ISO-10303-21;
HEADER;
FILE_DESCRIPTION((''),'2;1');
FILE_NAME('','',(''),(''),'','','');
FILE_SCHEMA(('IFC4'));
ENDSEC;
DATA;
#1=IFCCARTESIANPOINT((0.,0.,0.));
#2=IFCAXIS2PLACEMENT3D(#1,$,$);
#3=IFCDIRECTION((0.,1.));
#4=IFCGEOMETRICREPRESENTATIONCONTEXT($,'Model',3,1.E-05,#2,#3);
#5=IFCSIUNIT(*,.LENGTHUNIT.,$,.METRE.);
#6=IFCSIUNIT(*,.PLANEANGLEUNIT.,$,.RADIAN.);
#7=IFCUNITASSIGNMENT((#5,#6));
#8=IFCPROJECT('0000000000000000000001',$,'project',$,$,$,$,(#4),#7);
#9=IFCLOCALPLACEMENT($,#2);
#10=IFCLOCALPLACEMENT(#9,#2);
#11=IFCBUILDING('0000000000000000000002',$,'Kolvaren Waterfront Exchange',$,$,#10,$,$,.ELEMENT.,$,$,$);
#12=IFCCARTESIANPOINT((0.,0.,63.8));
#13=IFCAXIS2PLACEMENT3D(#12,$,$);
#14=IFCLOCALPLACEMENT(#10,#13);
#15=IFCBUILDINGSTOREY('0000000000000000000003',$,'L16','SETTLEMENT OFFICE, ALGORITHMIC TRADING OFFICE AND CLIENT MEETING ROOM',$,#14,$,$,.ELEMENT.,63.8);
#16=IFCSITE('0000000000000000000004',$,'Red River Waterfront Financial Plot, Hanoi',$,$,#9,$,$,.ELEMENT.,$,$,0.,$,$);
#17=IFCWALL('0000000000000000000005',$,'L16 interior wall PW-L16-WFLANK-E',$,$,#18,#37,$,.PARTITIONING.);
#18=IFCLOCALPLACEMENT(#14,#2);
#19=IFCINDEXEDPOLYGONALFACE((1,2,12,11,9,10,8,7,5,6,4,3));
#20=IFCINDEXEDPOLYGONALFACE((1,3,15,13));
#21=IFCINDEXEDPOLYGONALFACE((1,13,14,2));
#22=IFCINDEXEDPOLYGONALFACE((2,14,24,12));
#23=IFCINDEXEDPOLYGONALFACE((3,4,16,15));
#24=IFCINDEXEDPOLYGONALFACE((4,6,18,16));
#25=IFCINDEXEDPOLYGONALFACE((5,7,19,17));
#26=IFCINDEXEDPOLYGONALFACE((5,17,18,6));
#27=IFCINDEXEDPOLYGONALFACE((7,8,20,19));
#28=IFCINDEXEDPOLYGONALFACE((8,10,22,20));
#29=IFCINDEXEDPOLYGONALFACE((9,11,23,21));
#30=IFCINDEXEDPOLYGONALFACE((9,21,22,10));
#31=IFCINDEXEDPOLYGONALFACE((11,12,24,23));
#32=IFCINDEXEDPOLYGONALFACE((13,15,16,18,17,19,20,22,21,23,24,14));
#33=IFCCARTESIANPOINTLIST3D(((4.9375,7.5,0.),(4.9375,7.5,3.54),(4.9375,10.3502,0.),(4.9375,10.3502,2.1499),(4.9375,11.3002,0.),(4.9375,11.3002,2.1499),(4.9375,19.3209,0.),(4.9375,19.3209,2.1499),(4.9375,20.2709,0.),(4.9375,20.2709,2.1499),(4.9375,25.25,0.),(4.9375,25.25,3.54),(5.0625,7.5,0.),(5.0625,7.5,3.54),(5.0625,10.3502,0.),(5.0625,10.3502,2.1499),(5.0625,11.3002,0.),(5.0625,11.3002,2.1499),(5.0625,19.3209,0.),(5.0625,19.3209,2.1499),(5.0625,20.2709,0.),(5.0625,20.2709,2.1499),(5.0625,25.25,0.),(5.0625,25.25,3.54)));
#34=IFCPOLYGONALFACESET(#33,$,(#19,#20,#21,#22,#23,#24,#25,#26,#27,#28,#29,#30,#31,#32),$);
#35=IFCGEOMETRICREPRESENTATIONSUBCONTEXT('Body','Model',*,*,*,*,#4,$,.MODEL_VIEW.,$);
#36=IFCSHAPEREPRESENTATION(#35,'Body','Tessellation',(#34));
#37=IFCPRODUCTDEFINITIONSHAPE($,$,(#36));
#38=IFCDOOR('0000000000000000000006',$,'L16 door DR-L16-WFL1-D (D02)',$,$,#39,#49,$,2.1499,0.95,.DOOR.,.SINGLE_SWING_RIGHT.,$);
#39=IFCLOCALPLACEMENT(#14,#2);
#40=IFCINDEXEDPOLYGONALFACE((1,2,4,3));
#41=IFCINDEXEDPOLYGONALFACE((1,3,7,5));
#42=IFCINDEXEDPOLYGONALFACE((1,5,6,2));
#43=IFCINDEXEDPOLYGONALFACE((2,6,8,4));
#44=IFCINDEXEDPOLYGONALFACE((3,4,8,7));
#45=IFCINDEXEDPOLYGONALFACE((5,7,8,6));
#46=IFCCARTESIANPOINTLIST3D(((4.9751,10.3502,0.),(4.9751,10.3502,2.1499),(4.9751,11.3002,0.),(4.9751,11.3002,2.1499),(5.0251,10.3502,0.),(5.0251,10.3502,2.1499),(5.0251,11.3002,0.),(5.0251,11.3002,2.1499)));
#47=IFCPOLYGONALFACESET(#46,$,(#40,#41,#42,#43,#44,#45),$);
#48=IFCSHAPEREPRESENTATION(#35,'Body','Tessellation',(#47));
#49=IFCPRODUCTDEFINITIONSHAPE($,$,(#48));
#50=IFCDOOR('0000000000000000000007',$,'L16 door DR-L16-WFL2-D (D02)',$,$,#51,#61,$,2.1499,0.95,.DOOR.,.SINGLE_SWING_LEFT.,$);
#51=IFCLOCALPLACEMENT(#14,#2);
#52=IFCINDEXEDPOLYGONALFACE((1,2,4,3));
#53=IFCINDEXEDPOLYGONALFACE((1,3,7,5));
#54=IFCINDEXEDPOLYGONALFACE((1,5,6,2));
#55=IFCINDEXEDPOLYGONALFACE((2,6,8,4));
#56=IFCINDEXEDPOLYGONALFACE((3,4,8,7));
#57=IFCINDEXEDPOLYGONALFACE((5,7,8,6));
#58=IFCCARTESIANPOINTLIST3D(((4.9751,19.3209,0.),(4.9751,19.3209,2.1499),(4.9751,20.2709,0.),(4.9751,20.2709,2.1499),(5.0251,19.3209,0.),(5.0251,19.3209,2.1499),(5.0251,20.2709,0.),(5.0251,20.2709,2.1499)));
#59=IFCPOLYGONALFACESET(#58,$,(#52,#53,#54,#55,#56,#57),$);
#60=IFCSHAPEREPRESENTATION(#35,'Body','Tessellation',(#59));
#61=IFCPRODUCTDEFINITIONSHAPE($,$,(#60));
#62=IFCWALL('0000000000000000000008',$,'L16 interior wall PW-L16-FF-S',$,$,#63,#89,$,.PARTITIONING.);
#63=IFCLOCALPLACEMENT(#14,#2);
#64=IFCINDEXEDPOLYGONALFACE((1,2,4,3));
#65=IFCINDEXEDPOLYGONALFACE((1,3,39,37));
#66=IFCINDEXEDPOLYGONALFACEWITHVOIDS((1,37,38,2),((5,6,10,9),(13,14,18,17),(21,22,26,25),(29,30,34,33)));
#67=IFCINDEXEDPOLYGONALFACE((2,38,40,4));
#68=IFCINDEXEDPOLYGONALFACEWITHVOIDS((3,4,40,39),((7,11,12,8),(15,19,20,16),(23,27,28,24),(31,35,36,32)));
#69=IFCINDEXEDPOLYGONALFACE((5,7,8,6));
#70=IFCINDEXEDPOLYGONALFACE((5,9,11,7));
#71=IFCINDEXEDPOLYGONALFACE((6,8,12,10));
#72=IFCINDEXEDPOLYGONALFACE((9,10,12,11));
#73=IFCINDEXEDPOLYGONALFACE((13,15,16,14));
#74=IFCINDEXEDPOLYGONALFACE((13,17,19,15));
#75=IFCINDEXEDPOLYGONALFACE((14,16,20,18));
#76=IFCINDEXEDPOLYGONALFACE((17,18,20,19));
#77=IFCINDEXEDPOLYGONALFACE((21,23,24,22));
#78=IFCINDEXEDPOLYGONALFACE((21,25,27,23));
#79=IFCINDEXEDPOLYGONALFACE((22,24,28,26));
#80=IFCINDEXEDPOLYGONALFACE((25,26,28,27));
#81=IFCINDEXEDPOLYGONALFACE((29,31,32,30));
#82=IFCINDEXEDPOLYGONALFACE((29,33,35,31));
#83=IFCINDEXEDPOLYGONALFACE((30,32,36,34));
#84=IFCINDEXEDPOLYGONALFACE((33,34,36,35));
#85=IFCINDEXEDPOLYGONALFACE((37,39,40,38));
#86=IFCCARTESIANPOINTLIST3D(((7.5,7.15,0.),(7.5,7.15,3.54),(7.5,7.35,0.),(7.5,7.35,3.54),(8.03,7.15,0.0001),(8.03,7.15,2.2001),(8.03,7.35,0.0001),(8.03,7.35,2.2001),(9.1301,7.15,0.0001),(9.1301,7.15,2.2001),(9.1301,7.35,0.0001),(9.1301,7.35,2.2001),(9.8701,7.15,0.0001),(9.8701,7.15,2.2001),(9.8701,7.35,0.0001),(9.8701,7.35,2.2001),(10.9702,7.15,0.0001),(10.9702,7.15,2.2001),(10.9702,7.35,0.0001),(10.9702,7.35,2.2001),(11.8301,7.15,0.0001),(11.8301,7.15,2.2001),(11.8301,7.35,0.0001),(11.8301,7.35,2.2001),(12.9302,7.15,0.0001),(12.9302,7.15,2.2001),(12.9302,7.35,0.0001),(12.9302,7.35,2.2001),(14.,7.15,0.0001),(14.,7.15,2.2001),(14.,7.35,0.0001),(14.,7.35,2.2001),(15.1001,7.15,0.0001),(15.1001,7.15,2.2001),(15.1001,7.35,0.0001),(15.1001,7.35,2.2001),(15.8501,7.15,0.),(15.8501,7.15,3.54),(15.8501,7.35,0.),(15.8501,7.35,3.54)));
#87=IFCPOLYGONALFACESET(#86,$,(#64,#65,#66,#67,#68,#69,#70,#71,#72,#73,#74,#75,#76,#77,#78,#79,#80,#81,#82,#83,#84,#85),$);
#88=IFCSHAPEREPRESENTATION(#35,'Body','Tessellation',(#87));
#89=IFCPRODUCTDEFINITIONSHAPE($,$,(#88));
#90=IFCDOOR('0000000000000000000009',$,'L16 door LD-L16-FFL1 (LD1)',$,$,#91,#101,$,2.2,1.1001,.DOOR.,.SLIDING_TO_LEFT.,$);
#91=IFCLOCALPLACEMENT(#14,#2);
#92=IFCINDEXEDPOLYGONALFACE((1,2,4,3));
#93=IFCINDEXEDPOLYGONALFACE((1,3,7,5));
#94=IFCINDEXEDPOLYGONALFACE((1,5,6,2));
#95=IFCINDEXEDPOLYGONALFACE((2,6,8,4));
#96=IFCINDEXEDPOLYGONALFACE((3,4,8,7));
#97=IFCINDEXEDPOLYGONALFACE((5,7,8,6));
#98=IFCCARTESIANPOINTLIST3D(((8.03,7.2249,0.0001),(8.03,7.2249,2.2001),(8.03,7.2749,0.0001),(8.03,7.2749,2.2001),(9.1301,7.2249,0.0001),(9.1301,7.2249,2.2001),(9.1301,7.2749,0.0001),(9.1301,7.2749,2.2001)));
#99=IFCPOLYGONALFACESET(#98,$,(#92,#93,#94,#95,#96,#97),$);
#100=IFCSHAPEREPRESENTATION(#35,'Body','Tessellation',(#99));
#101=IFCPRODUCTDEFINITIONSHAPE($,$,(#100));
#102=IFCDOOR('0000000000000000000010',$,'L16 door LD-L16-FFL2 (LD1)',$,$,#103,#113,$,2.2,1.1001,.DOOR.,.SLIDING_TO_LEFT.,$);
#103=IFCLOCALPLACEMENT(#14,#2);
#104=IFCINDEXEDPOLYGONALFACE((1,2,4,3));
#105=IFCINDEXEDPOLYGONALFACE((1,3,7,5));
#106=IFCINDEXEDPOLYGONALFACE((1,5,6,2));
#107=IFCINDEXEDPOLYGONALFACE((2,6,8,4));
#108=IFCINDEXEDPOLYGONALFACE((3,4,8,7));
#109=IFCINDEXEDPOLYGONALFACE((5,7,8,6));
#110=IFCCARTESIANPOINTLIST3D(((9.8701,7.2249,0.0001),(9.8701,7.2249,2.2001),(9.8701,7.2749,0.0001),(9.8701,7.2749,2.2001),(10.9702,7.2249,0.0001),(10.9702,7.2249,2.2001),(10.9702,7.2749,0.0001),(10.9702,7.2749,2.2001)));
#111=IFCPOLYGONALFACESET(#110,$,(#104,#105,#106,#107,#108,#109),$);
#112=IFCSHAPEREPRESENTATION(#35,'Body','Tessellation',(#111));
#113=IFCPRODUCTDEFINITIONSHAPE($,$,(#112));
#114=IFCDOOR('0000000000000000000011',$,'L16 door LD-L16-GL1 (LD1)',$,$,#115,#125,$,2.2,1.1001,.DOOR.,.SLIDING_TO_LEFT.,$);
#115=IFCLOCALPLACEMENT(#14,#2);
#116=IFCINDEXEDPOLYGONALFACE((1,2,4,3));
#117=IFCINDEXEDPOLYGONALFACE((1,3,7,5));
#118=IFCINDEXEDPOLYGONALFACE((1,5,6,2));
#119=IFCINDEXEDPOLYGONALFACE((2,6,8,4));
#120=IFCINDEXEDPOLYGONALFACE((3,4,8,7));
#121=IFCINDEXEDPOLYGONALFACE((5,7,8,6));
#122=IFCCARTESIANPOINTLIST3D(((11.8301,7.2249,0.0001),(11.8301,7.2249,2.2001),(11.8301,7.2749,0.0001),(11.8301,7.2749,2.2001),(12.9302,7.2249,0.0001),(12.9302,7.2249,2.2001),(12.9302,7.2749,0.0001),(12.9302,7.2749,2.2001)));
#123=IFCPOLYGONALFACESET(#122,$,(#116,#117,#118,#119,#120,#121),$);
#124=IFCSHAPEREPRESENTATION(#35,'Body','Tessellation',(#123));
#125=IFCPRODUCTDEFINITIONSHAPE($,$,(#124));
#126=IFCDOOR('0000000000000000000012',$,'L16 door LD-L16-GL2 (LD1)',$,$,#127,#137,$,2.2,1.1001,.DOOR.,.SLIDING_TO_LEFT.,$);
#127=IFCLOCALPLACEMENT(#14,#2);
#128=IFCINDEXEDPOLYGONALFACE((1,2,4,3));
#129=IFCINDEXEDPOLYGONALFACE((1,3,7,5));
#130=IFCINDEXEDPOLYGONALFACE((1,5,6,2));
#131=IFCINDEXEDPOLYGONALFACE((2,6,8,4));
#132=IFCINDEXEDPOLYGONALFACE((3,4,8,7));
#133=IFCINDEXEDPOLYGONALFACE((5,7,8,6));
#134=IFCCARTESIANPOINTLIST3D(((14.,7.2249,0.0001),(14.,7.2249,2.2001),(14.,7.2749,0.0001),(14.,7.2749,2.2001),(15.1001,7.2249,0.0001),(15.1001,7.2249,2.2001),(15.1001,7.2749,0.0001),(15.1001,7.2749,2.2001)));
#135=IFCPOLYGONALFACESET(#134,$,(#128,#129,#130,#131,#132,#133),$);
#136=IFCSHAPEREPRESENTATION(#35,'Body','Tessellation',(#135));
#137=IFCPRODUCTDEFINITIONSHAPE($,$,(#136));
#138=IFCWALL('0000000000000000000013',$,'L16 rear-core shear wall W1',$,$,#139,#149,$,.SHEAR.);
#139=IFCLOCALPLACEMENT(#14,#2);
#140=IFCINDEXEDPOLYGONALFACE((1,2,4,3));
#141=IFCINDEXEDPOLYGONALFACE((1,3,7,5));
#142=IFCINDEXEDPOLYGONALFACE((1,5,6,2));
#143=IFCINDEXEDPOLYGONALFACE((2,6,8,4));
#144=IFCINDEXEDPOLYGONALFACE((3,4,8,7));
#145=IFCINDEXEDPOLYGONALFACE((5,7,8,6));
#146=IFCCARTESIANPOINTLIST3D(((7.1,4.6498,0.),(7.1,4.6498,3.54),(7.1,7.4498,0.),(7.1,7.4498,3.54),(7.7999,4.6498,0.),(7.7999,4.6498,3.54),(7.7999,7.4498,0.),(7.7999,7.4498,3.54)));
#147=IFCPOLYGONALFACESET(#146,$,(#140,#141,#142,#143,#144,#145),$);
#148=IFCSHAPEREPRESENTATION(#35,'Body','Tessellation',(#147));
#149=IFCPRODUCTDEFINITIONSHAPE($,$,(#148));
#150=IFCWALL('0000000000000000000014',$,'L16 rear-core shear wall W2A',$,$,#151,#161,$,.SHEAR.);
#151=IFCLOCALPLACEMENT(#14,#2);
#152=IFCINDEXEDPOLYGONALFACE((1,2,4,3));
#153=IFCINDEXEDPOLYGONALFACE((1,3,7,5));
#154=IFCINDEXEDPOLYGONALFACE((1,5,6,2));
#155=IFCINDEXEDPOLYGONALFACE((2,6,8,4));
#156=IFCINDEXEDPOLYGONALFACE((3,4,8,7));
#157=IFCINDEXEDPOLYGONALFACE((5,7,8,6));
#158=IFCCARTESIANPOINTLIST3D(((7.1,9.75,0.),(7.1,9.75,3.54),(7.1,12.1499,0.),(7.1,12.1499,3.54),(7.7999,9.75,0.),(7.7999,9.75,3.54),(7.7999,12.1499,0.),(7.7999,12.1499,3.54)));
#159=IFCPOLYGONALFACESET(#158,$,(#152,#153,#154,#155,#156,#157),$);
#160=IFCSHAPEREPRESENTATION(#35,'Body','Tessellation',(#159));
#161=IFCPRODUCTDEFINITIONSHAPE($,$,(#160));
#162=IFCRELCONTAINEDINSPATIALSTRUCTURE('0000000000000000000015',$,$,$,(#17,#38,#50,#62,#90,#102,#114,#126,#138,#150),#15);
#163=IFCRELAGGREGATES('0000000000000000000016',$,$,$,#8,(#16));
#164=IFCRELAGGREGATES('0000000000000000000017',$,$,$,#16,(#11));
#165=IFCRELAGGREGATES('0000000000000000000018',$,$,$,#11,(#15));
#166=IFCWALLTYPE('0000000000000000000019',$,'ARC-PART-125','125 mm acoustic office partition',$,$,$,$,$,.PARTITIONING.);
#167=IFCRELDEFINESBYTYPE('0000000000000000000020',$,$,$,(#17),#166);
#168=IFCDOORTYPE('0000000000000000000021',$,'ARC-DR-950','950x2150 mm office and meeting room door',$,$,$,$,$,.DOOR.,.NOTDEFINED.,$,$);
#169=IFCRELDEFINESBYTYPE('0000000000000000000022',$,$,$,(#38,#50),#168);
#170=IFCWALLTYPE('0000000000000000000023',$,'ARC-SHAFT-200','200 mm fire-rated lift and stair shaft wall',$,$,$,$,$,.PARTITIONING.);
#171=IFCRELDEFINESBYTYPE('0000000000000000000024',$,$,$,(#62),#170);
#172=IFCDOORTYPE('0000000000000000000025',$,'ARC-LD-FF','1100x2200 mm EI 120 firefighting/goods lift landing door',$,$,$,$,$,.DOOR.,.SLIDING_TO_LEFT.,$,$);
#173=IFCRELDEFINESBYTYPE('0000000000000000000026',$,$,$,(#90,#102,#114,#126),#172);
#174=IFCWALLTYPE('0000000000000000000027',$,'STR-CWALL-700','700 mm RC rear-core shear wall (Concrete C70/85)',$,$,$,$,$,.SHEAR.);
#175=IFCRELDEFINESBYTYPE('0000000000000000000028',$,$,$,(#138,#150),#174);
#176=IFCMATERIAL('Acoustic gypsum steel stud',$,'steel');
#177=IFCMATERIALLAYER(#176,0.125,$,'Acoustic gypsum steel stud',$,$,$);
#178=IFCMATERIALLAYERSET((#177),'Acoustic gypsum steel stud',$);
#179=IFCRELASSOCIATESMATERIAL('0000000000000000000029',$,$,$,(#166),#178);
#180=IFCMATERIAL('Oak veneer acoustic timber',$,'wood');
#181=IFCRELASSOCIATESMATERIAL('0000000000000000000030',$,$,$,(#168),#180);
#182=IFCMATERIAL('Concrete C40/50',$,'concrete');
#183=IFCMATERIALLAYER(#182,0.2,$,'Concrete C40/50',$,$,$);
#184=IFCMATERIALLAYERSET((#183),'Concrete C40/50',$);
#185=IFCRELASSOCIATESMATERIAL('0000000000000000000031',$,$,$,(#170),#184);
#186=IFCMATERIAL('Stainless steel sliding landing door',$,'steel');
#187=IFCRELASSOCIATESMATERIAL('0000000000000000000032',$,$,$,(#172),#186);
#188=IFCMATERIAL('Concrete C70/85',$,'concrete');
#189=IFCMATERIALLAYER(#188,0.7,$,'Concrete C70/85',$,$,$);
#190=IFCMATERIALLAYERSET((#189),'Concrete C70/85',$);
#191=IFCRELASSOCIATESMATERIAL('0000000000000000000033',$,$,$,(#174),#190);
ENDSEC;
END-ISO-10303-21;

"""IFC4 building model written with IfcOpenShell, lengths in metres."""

from ifc_helpers import new_model, si_unit, direction, frame, frame_2d, origin, place, context, subcontext, project, spatial, rectangle, extrude, material, layer, layer_set, type_object, element, fill, save


model = new_model("IFC4")

# Units and contexts
model_context = context("Model", 3, precision=1e-05, world=origin(), true_north=direction((0.0, 1.0)))
body_context = subcontext(model_context, "Body", "Model", "MODEL_VIEW")
ifc_project = project(units=[si_unit("LENGTHUNIT", "METRE"), si_unit("PLANEANGLEUNIT", "RADIAN")], contexts=[model_context])

# Site, building, storey
site_placement = place(None, origin())
site = spatial("IfcSite", under=ifc_project, at=site_placement, Name="Red River Waterfront Financial Plot, Hanoi", CompositionType="ELEMENT", RefElevation=0.0)
building_placement = place(site_placement, origin())
building = spatial("IfcBuilding", under=site, at=building_placement, Name="Kolvaren Waterfront Exchange", CompositionType="ELEMENT")
storey_placement = place(building_placement, frame((0.0, 0.0, 63.8)))
storey = spatial("IfcBuildingStorey", under=building, at=storey_placement, Name="L16", Description="SETTLEMENT OFFICE, ALGORITHMIC TRADING OFFICE AND CLIENT MEETING ROOM", CompositionType="ELEMENT", Elevation=63.8)

# Shared definitions
ifc_material_1 = material(Name="Concrete C70/85", Category="concrete")

# Shared definitions
ifc_material_2 = material(Name="Acoustic gypsum steel stud", Category="steel")
ifc_layer_1 = layer(ifc_material_2, 0.125, Name="Acoustic gypsum steel stud")
ifc_layer_set_1 = layer_set([ifc_layer_1], Name="Acoustic gypsum steel stud")
wall_type_1 = type_object("IfcWallType", Name="ARC-PART-125", Description="125 mm acoustic office partition", PredefinedType="PARTITIONING", material=ifc_layer_set_1)

# Walls, openings, doors
wall_1_placement = place(storey_placement, frame((5.0, 7.5, 0.0), z_axis=(0.0, 0.0, 1.0), x_axis=(0.0, 1.0, 0.0)))
wall_1 = element("IfcWall", 1, at=wall_1_placement, inside=storey, type_object=wall_type_1, Name="L16 interior wall PW-L16-WFLANK-E", PredefinedType="PARTITIONING", context=body_context, shape_type="SweptSolid", body=[
    extrude(rectangle(XDim=17.75, YDim=0.125, at=frame_2d((8.875, 0.0))), origin(), (0.0, 0.0, 1.0), 3.54),
])
opening_1_placement = place(wall_1_placement, frame((2.8501, 0.0, 0.0)))
opening_1 = element("IfcOpeningElement", 2, at=opening_1_placement, cuts=wall_1, PredefinedType="OPENING", context=body_context, shape_type="SweptSolid", body=[
    extrude(rectangle(XDim=0.95, YDim=2.1499, at=frame_2d((0.4751, 1.075))), frame((0.0, 0.0725, 0.0), z_axis=(0.0, -1.0, 0.0), x_axis=(1.0, 0.0, 0.0)), (0.0, 0.0, 1.0), 0.145),
])
opening_2_placement = place(wall_1_placement, frame((11.8208, 0.0, 0.0)))
opening_2 = element("IfcOpeningElement", 3, at=opening_2_placement, cuts=wall_1, PredefinedType="OPENING", context=body_context, shape_type="SweptSolid", body=[
    extrude(rectangle(XDim=0.95, YDim=2.1499, at=frame_2d((0.4751, 1.075))), frame((0.0, 0.0725, 0.0), z_axis=(0.0, -1.0, 0.0), x_axis=(1.0, 0.0, 0.0)), (0.0, 0.0, 1.0), 0.145),
])
ifc_material_3 = material(Name="Oak veneer acoustic timber", Category="wood")
door_type_1 = type_object("IfcDoorType", Name="ARC-DR-950", Description="950x2150 mm office and meeting room door", OperationType="NOTDEFINED", PredefinedType="DOOR", material=ifc_material_3)
door_1_placement = place(opening_1_placement, origin())
door_1 = element("IfcDoor", 4, at=door_1_placement, inside=storey, type_object=door_type_1, Name="L16 door DR-L16-WFL1-D (D02)", OperationType="SINGLE_SWING_RIGHT", OverallHeight=2.1499, OverallWidth=0.95, PredefinedType="DOOR", context=body_context, shape_type="SweptSolid", body=[
    extrude(rectangle(XDim=0.95, YDim=2.1499, at=frame_2d((0.4751, 1.075))), frame((0.0, 0.0249, 0.0), z_axis=(0.0, -1.0, 0.0), x_axis=(1.0, 0.0, 0.0)), (0.0, 0.0, 1.0), 0.05),
])
fill(opening_1, door_1)
door_2_placement = place(opening_2_placement, origin())
door_2 = element("IfcDoor", 5, at=door_2_placement, inside=storey, type_object=door_type_1, Name="L16 door DR-L16-WFL2-D (D02)", OperationType="SINGLE_SWING_LEFT", OverallHeight=2.1499, OverallWidth=0.95, PredefinedType="DOOR", context=body_context, shape_type="SweptSolid", body=[
    extrude(rectangle(XDim=0.95, YDim=2.1499, at=frame_2d((0.4751, 1.075))), frame((0.0, 0.0249, 0.0), z_axis=(0.0, -1.0, 0.0), x_axis=(1.0, 0.0, 0.0)), (0.0, 0.0, 1.0), 0.05),
])
fill(opening_2, door_2)
ifc_material_4 = material(Name="Concrete C40/50", Category="concrete")
ifc_layer_2 = layer(ifc_material_4, 0.2, Name="Concrete C40/50")
ifc_layer_set_2 = layer_set([ifc_layer_2], Name="Concrete C40/50")
wall_type_2 = type_object("IfcWallType", Name="ARC-SHAFT-200", Description="200 mm fire-rated lift and stair shaft wall", PredefinedType="PARTITIONING", material=ifc_layer_set_2)
wall_2_placement = place(storey_placement, frame((7.5, 7.25, 0.0), z_axis=(0.0, 0.0, 1.0), x_axis=(1.0, 0.0, 0.0)))
wall_2 = element("IfcWall", 6, at=wall_2_placement, inside=storey, type_object=wall_type_2, Name="L16 interior wall PW-L16-FF-S", PredefinedType="PARTITIONING", context=body_context, shape_type="SweptSolid", body=[
    extrude(rectangle(XDim=8.3501, YDim=0.2, at=frame_2d((4.175, 0.0))), origin(), (0.0, 0.0, 1.0), 3.54),
])
opening_3_placement = place(wall_2_placement, frame((0.53, 0.0, 0.0)))
opening_3 = element("IfcOpeningElement", 7, at=opening_3_placement, cuts=wall_2, PredefinedType="OPENING", context=body_context, shape_type="SweptSolid", body=[
    extrude(rectangle(XDim=1.1001, YDim=2.2, at=frame_2d((0.55, 1.1001))), frame((0.0, 0.1099, 0.0), z_axis=(0.0, -1.0, 0.0), x_axis=(1.0, 0.0, 0.0)), (0.0, 0.0, 1.0), 0.22),
])
opening_4_placement = place(wall_2_placement, frame((2.3701, 0.0, 0.0)))
opening_4 = element("IfcOpeningElement", 8, at=opening_4_placement, cuts=wall_2, PredefinedType="OPENING", context=body_context, shape_type="SweptSolid", body=[
    extrude(rectangle(XDim=1.1001, YDim=2.2, at=frame_2d((0.55, 1.1001))), frame((0.0, 0.1099, 0.0), z_axis=(0.0, -1.0, 0.0), x_axis=(1.0, 0.0, 0.0)), (0.0, 0.0, 1.0), 0.22),
])
opening_5_placement = place(wall_2_placement, frame((4.3301, 0.0, 0.0)))
opening_5 = element("IfcOpeningElement", 9, at=opening_5_placement, cuts=wall_2, PredefinedType="OPENING", context=body_context, shape_type="SweptSolid", body=[
    extrude(rectangle(XDim=1.1001, YDim=2.2, at=frame_2d((0.55, 1.1001))), frame((0.0, 0.1099, 0.0), z_axis=(0.0, -1.0, 0.0), x_axis=(1.0, 0.0, 0.0)), (0.0, 0.0, 1.0), 0.22),
])
opening_6_placement = place(wall_2_placement, frame((6.5, 0.0, 0.0)))
opening_6 = element("IfcOpeningElement", 10, at=opening_6_placement, cuts=wall_2, PredefinedType="OPENING", context=body_context, shape_type="SweptSolid", body=[
    extrude(rectangle(XDim=1.1001, YDim=2.2, at=frame_2d((0.55, 1.1001))), frame((0.0, 0.1099, 0.0), z_axis=(0.0, -1.0, 0.0), x_axis=(1.0, 0.0, 0.0)), (0.0, 0.0, 1.0), 0.22),
])
ifc_material_5 = material(Name="Stainless steel sliding landing door", Category="steel")
door_type_2 = type_object("IfcDoorType", Name="ARC-LD-FF", Description="1100x2200 mm EI 120 firefighting/goods lift landing door", OperationType="SLIDING_TO_LEFT", PredefinedType="DOOR", material=ifc_material_5)
door_3_placement = place(opening_3_placement, origin())
door_3 = element("IfcDoor", 11, at=door_3_placement, inside=storey, type_object=door_type_2, Name="L16 door LD-L16-FFL1 (LD1)", OperationType="SLIDING_TO_LEFT", OverallHeight=2.2, OverallWidth=1.1001, PredefinedType="DOOR", context=body_context, shape_type="SweptSolid", body=[
    extrude(rectangle(XDim=1.1001, YDim=2.2, at=frame_2d((0.55, 1.1001))), frame((0.0, 0.0249, 0.0), z_axis=(0.0, -1.0, 0.0), x_axis=(1.0, 0.0, 0.0)), (0.0, 0.0, 1.0), 0.05),
])
fill(opening_3, door_3)
door_4_placement = place(opening_4_placement, origin())
door_4 = element("IfcDoor", 12, at=door_4_placement, inside=storey, type_object=door_type_2, Name="L16 door LD-L16-FFL2 (LD1)", OperationType="SLIDING_TO_LEFT", OverallHeight=2.2, OverallWidth=1.1001, PredefinedType="DOOR", context=body_context, shape_type="SweptSolid", body=[
    extrude(rectangle(XDim=1.1001, YDim=2.2, at=frame_2d((0.55, 1.1001))), frame((0.0, 0.0249, 0.0), z_axis=(0.0, -1.0, 0.0), x_axis=(1.0, 0.0, 0.0)), (0.0, 0.0, 1.0), 0.05),
])
fill(opening_4, door_4)
door_5_placement = place(opening_5_placement, origin())
door_5 = element("IfcDoor", 13, at=door_5_placement, inside=storey, type_object=door_type_2, Name="L16 door LD-L16-GL1 (LD1)", OperationType="SLIDING_TO_LEFT", OverallHeight=2.2, OverallWidth=1.1001, PredefinedType="DOOR", context=body_context, shape_type="SweptSolid", body=[
    extrude(rectangle(XDim=1.1001, YDim=2.2, at=frame_2d((0.55, 1.1001))), frame((0.0, 0.0249, 0.0), z_axis=(0.0, -1.0, 0.0), x_axis=(1.0, 0.0, 0.0)), (0.0, 0.0, 1.0), 0.05),
])
fill(opening_5, door_5)
door_6_placement = place(opening_6_placement, origin())
door_6 = element("IfcDoor", 14, at=door_6_placement, inside=storey, type_object=door_type_2, Name="L16 door LD-L16-GL2 (LD1)", OperationType="SLIDING_TO_LEFT", OverallHeight=2.2, OverallWidth=1.1001, PredefinedType="DOOR", context=body_context, shape_type="SweptSolid", body=[
    extrude(rectangle(XDim=1.1001, YDim=2.2, at=frame_2d((0.55, 1.1001))), frame((0.0, 0.0249, 0.0), z_axis=(0.0, -1.0, 0.0), x_axis=(1.0, 0.0, 0.0)), (0.0, 0.0, 1.0), 0.05),
])
fill(opening_6, door_6)

# Walls
ifc_layer_3 = layer(ifc_material_1, 0.7, Name="Concrete C70/85")
ifc_layer_set_3 = layer_set([ifc_layer_3], Name="Concrete C70/85")
wall_type_3 = type_object("IfcWallType", Name="STR-CWALL-700", Description="700 mm RC rear-core shear wall (Concrete C70/85)", PredefinedType="SHEAR", material=ifc_layer_set_3)
wall_3_placement = place(storey_placement, frame((7.45, 4.6499, 0.0), z_axis=(0.0, 0.0, 1.0), x_axis=(0.0, 1.0, 0.0)))
element("IfcWall", 15, at=wall_3_placement, inside=storey, type_object=wall_type_3, Name="L16 rear-core shear wall W1", PredefinedType="SHEAR", context=body_context, shape_type="SweptSolid", body=[
    extrude(rectangle(XDim=2.8, YDim=0.7, at=frame_2d((1.3999, 0.0))), origin(), (0.0, 0.0, 1.0), 3.54),
])
wall_4_placement = place(storey_placement, frame((7.45, 9.75, 0.0), z_axis=(0.0, 0.0, 1.0), x_axis=(0.0, 1.0, 0.0)))
element("IfcWall", 16, at=wall_4_placement, inside=storey, type_object=wall_type_3, Name="L16 rear-core shear wall W2A", PredefinedType="SHEAR", context=body_context, shape_type="SweptSolid", body=[
    extrude(rectangle(XDim=2.3999, YDim=0.7, at=frame_2d((1.2, 0.0))), origin(), (0.0, 0.0, 1.0), 3.54),
])

save(model, "model.ifc")
